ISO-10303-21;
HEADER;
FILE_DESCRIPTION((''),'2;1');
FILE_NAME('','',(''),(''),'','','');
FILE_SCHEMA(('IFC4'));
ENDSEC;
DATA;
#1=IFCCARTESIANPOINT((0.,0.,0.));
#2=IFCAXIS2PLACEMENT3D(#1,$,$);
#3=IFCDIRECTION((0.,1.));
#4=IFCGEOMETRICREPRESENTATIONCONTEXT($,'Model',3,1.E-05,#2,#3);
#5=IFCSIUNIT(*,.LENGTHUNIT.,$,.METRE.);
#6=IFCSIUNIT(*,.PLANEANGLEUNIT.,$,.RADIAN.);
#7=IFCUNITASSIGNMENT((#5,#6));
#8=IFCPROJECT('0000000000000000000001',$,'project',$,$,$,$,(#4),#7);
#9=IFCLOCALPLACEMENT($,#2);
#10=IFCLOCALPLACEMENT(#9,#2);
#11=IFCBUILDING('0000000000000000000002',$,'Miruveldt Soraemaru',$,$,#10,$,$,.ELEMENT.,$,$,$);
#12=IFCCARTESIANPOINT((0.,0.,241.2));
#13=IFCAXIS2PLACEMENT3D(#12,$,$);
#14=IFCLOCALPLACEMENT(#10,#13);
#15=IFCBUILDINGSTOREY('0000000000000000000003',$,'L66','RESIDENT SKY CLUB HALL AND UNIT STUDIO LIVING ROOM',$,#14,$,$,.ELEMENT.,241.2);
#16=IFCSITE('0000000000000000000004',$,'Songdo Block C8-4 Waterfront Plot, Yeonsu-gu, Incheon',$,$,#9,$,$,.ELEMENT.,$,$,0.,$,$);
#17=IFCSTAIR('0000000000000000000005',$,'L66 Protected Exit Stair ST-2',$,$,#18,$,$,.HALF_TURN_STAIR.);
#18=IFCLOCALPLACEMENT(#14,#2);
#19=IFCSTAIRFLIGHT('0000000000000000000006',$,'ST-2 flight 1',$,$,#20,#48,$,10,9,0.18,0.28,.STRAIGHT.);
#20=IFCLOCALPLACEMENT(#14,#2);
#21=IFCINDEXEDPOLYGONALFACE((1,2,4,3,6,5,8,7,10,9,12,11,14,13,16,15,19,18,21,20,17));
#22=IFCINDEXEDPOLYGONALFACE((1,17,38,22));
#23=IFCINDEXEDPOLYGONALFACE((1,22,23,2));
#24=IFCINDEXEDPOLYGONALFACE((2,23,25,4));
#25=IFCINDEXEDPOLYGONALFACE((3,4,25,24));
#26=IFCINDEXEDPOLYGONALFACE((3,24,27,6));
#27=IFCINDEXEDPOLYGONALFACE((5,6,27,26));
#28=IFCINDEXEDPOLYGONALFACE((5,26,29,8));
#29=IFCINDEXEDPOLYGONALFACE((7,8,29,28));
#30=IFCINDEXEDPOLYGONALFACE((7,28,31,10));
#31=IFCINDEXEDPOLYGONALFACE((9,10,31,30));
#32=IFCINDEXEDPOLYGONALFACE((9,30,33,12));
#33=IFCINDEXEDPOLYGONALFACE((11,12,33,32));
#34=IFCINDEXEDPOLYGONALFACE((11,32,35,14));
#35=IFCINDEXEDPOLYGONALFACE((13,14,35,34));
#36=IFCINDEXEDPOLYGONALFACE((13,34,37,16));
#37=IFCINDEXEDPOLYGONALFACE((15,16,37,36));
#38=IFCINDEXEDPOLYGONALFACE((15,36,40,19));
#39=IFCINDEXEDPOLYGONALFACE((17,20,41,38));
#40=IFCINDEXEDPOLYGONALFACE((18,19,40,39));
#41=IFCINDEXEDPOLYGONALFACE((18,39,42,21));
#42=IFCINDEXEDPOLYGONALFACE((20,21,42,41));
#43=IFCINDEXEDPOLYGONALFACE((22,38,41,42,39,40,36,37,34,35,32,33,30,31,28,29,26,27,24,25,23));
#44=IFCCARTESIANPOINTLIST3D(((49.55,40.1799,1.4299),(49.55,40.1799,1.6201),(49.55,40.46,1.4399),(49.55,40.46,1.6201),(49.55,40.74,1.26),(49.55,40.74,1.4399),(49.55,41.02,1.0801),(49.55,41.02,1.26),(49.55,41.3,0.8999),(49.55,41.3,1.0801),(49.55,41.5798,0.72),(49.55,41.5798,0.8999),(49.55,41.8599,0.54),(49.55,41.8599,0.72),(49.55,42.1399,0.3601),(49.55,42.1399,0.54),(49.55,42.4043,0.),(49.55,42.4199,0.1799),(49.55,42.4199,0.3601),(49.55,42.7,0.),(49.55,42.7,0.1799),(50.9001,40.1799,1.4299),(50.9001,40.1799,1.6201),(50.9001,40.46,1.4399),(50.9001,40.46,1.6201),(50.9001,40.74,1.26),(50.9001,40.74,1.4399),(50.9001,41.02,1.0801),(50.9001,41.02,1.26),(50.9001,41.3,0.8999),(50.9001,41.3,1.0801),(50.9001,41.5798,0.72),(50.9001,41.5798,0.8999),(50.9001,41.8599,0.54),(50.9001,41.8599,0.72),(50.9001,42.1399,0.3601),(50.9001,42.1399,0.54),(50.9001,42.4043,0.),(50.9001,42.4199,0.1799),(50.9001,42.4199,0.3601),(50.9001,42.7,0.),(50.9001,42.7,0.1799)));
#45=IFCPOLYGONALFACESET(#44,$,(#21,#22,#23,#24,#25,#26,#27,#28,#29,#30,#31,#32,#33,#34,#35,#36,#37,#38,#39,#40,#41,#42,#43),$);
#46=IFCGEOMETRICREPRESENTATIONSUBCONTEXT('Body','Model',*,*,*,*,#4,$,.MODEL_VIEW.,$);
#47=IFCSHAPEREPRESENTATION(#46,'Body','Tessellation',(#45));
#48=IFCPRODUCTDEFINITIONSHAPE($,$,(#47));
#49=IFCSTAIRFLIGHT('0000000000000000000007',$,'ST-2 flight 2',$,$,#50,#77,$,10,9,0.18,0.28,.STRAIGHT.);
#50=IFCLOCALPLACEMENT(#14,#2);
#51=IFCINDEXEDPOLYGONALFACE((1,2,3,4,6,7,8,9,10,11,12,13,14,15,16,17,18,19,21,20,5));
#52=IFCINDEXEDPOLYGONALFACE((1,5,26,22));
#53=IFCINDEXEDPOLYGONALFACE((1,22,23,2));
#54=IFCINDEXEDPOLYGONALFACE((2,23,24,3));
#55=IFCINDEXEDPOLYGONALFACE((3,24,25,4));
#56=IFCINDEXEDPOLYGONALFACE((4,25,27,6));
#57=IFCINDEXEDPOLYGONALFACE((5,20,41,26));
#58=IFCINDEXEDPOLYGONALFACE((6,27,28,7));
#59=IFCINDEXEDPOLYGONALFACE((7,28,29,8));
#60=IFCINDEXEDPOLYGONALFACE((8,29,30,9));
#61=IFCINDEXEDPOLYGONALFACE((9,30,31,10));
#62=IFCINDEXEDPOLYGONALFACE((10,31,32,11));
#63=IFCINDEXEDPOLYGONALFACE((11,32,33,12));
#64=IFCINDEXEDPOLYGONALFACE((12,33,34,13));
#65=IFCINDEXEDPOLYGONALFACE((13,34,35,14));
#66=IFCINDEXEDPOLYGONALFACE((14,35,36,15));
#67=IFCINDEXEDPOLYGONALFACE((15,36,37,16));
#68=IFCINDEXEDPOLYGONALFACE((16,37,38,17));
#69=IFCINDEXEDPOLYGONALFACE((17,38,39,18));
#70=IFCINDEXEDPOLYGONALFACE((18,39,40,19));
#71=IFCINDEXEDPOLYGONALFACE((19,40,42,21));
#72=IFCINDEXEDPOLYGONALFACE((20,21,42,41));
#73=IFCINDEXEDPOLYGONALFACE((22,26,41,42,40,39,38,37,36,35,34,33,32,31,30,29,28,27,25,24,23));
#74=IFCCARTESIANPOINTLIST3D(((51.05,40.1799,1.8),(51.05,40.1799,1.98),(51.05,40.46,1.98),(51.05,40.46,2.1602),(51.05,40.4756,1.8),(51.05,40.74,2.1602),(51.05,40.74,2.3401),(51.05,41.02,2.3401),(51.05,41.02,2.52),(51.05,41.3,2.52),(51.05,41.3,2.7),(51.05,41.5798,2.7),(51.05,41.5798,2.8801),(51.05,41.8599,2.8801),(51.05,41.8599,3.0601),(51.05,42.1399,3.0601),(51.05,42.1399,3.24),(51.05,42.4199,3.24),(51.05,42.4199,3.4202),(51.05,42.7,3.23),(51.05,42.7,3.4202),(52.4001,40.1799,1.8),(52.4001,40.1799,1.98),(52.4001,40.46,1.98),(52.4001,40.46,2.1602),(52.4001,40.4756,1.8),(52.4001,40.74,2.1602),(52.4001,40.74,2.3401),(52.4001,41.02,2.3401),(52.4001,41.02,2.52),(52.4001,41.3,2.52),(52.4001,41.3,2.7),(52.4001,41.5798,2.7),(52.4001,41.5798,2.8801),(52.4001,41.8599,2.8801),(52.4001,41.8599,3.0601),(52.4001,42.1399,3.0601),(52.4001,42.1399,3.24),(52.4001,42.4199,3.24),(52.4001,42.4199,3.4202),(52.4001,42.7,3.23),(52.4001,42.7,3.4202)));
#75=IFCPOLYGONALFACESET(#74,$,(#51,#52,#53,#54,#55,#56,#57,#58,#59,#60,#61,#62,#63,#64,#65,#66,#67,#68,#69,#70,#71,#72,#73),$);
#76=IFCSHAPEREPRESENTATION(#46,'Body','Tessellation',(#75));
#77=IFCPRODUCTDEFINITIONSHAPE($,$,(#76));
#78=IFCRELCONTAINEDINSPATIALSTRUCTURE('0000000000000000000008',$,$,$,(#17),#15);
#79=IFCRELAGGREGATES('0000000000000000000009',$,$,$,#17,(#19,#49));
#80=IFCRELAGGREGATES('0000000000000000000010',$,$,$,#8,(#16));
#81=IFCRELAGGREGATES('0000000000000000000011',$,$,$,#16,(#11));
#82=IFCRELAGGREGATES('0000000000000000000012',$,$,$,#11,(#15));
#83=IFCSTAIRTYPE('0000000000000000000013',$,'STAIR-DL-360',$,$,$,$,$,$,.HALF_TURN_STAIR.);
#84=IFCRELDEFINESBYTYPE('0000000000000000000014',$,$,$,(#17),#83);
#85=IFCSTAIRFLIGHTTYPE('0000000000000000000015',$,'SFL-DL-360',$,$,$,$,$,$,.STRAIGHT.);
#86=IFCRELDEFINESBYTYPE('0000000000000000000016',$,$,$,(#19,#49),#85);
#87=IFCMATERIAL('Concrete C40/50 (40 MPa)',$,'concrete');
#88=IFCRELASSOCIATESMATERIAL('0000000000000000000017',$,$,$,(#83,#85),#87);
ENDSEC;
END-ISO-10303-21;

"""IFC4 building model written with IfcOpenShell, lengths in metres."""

from ifc_helpers import new_model, si_unit, direction, frame, origin, place, context, subcontext, project, spatial, polyline, outline, extrude, material, type_object, element, aggregate, save


model = new_model("IFC4")

# Units and contexts
model_context = context("Model", 3, precision=1e-05, world=origin(), true_north=direction((0.0, 1.0)))
body_context = subcontext(model_context, "Body", "Model", "MODEL_VIEW")
ifc_project = project(units=[si_unit("LENGTHUNIT", "METRE"), si_unit("PLANEANGLEUNIT", "RADIAN")], contexts=[model_context])

# Site, building, storey
site_placement = place(None, origin())
site = spatial("IfcSite", under=ifc_project, at=site_placement, Name="Songdo Block C8-4 Waterfront Plot, Yeonsu-gu, Incheon", CompositionType="ELEMENT", RefElevation=0.0)
building_placement = place(site_placement, origin())
building = spatial("IfcBuilding", under=site, at=building_placement, Name="Miruveldt Soraemaru", CompositionType="ELEMENT")
storey_placement = place(building_placement, frame((0.0, 0.0, 241.2)))
storey = spatial("IfcBuildingStorey", under=building, at=storey_placement, Name="L66", Description="RESIDENT SKY CLUB HALL AND UNIT STUDIO LIVING ROOM", CompositionType="ELEMENT", Elevation=241.2)

# Shared definitions
ifc_material_1 = material(Name="Concrete C40/50 (40 MPa)", Category="concrete")

# Stair, stair flights
stair_type = type_object("IfcStairType", Name="STAIR-DL-360", PredefinedType="HALF_TURN_STAIR", material=ifc_material_1)
stair_placement = place(storey_placement, origin())
stair = element("IfcStair", 1, at=stair_placement, inside=storey, type_object=stair_type, Name="L66 Protected Exit Stair ST-2", PredefinedType="HALF_TURN_STAIR")
stair_flight_type = type_object("IfcStairFlightType", Name="SFL-DL-360", PredefinedType="STRAIGHT", material=ifc_material_1)
stair_flight_1_placement = place(storey_placement, frame((50.2251, 42.7, 0.0), z_axis=(0.0, 0.0, 1.0), x_axis=(0.0, -1.0, 0.0)))
stair_flight_1 = element("IfcStairFlight", 2, at=stair_flight_1_placement, type_object=stair_flight_type, Name="ST-2 flight 1", NumberOfRisers=10, NumberOfTreads=9, PredefinedType="STRAIGHT", RiserHeight=0.18, TreadLength=0.28, context=body_context, shape_type="SweptSolid", body=[
    extrude(outline(polyline([(0.0, 0.0), (0.0, 0.1799), (0.28, 0.1799), (0.28, 0.3601), (0.5601, 0.3601), (0.5601, 0.54), (0.8401, 0.54), (0.8401, 0.72), (1.1201, 0.72), (1.1201, 0.8999), (1.3999, 0.8999), (1.3999, 1.0801), (1.6799, 1.0801), (1.6799, 1.26), (1.96, 1.26), (1.96, 1.4399), (2.24, 1.4399), (2.24, 1.6201), (2.52, 1.6201), (2.52, 1.8), (2.52, 1.4299), (0.2957, 0.0), (0.0, 0.0)])), frame((0.0, 0.675, 0.0), z_axis=(0.0, -1.0, 0.0), x_axis=(1.0, 0.0, 0.0)), (0.0, 0.0, 1.0), 1.3501),
])
stair_flight_2_placement = place(storey_placement, frame((51.7251, 40.1799, 1.8), z_axis=(0.0, 0.0, 1.0), x_axis=(0.0, 1.0, 0.0)))
stair_flight_2 = element("IfcStairFlight", 3, at=stair_flight_2_placement, type_object=stair_flight_type, Name="ST-2 flight 2", NumberOfRisers=10, NumberOfTreads=9, PredefinedType="STRAIGHT", RiserHeight=0.18, TreadLength=0.28, context=body_context, shape_type="SweptSolid", body=[
    extrude(outline(polyline([(0.0, 0.0), (0.0, 0.1799), (0.28, 0.1799), (0.28, 0.3601), (0.5601, 0.3601), (0.5601, 0.54), (0.8401, 0.54), (0.8401, 0.72), (1.1201, 0.72), (1.1201, 0.8999), (1.3999, 0.8999), (1.3999, 1.0801), (1.6799, 1.0801), (1.6799, 1.26), (1.96, 1.26), (1.96, 1.4399), (2.24, 1.4399), (2.24, 1.6201), (2.52, 1.6201), (2.52, 1.8), (2.52, 1.4299), (0.2957, 0.0), (0.0, 0.0)])), frame((0.0, 0.675, 0.0), z_axis=(0.0, -1.0, 0.0), x_axis=(1.0, 0.0, 0.0)), (0.0, 0.0, 1.0), 1.3501),
])
aggregate(stair, [stair_flight_1, stair_flight_2])

save(model, "model.ifc")
